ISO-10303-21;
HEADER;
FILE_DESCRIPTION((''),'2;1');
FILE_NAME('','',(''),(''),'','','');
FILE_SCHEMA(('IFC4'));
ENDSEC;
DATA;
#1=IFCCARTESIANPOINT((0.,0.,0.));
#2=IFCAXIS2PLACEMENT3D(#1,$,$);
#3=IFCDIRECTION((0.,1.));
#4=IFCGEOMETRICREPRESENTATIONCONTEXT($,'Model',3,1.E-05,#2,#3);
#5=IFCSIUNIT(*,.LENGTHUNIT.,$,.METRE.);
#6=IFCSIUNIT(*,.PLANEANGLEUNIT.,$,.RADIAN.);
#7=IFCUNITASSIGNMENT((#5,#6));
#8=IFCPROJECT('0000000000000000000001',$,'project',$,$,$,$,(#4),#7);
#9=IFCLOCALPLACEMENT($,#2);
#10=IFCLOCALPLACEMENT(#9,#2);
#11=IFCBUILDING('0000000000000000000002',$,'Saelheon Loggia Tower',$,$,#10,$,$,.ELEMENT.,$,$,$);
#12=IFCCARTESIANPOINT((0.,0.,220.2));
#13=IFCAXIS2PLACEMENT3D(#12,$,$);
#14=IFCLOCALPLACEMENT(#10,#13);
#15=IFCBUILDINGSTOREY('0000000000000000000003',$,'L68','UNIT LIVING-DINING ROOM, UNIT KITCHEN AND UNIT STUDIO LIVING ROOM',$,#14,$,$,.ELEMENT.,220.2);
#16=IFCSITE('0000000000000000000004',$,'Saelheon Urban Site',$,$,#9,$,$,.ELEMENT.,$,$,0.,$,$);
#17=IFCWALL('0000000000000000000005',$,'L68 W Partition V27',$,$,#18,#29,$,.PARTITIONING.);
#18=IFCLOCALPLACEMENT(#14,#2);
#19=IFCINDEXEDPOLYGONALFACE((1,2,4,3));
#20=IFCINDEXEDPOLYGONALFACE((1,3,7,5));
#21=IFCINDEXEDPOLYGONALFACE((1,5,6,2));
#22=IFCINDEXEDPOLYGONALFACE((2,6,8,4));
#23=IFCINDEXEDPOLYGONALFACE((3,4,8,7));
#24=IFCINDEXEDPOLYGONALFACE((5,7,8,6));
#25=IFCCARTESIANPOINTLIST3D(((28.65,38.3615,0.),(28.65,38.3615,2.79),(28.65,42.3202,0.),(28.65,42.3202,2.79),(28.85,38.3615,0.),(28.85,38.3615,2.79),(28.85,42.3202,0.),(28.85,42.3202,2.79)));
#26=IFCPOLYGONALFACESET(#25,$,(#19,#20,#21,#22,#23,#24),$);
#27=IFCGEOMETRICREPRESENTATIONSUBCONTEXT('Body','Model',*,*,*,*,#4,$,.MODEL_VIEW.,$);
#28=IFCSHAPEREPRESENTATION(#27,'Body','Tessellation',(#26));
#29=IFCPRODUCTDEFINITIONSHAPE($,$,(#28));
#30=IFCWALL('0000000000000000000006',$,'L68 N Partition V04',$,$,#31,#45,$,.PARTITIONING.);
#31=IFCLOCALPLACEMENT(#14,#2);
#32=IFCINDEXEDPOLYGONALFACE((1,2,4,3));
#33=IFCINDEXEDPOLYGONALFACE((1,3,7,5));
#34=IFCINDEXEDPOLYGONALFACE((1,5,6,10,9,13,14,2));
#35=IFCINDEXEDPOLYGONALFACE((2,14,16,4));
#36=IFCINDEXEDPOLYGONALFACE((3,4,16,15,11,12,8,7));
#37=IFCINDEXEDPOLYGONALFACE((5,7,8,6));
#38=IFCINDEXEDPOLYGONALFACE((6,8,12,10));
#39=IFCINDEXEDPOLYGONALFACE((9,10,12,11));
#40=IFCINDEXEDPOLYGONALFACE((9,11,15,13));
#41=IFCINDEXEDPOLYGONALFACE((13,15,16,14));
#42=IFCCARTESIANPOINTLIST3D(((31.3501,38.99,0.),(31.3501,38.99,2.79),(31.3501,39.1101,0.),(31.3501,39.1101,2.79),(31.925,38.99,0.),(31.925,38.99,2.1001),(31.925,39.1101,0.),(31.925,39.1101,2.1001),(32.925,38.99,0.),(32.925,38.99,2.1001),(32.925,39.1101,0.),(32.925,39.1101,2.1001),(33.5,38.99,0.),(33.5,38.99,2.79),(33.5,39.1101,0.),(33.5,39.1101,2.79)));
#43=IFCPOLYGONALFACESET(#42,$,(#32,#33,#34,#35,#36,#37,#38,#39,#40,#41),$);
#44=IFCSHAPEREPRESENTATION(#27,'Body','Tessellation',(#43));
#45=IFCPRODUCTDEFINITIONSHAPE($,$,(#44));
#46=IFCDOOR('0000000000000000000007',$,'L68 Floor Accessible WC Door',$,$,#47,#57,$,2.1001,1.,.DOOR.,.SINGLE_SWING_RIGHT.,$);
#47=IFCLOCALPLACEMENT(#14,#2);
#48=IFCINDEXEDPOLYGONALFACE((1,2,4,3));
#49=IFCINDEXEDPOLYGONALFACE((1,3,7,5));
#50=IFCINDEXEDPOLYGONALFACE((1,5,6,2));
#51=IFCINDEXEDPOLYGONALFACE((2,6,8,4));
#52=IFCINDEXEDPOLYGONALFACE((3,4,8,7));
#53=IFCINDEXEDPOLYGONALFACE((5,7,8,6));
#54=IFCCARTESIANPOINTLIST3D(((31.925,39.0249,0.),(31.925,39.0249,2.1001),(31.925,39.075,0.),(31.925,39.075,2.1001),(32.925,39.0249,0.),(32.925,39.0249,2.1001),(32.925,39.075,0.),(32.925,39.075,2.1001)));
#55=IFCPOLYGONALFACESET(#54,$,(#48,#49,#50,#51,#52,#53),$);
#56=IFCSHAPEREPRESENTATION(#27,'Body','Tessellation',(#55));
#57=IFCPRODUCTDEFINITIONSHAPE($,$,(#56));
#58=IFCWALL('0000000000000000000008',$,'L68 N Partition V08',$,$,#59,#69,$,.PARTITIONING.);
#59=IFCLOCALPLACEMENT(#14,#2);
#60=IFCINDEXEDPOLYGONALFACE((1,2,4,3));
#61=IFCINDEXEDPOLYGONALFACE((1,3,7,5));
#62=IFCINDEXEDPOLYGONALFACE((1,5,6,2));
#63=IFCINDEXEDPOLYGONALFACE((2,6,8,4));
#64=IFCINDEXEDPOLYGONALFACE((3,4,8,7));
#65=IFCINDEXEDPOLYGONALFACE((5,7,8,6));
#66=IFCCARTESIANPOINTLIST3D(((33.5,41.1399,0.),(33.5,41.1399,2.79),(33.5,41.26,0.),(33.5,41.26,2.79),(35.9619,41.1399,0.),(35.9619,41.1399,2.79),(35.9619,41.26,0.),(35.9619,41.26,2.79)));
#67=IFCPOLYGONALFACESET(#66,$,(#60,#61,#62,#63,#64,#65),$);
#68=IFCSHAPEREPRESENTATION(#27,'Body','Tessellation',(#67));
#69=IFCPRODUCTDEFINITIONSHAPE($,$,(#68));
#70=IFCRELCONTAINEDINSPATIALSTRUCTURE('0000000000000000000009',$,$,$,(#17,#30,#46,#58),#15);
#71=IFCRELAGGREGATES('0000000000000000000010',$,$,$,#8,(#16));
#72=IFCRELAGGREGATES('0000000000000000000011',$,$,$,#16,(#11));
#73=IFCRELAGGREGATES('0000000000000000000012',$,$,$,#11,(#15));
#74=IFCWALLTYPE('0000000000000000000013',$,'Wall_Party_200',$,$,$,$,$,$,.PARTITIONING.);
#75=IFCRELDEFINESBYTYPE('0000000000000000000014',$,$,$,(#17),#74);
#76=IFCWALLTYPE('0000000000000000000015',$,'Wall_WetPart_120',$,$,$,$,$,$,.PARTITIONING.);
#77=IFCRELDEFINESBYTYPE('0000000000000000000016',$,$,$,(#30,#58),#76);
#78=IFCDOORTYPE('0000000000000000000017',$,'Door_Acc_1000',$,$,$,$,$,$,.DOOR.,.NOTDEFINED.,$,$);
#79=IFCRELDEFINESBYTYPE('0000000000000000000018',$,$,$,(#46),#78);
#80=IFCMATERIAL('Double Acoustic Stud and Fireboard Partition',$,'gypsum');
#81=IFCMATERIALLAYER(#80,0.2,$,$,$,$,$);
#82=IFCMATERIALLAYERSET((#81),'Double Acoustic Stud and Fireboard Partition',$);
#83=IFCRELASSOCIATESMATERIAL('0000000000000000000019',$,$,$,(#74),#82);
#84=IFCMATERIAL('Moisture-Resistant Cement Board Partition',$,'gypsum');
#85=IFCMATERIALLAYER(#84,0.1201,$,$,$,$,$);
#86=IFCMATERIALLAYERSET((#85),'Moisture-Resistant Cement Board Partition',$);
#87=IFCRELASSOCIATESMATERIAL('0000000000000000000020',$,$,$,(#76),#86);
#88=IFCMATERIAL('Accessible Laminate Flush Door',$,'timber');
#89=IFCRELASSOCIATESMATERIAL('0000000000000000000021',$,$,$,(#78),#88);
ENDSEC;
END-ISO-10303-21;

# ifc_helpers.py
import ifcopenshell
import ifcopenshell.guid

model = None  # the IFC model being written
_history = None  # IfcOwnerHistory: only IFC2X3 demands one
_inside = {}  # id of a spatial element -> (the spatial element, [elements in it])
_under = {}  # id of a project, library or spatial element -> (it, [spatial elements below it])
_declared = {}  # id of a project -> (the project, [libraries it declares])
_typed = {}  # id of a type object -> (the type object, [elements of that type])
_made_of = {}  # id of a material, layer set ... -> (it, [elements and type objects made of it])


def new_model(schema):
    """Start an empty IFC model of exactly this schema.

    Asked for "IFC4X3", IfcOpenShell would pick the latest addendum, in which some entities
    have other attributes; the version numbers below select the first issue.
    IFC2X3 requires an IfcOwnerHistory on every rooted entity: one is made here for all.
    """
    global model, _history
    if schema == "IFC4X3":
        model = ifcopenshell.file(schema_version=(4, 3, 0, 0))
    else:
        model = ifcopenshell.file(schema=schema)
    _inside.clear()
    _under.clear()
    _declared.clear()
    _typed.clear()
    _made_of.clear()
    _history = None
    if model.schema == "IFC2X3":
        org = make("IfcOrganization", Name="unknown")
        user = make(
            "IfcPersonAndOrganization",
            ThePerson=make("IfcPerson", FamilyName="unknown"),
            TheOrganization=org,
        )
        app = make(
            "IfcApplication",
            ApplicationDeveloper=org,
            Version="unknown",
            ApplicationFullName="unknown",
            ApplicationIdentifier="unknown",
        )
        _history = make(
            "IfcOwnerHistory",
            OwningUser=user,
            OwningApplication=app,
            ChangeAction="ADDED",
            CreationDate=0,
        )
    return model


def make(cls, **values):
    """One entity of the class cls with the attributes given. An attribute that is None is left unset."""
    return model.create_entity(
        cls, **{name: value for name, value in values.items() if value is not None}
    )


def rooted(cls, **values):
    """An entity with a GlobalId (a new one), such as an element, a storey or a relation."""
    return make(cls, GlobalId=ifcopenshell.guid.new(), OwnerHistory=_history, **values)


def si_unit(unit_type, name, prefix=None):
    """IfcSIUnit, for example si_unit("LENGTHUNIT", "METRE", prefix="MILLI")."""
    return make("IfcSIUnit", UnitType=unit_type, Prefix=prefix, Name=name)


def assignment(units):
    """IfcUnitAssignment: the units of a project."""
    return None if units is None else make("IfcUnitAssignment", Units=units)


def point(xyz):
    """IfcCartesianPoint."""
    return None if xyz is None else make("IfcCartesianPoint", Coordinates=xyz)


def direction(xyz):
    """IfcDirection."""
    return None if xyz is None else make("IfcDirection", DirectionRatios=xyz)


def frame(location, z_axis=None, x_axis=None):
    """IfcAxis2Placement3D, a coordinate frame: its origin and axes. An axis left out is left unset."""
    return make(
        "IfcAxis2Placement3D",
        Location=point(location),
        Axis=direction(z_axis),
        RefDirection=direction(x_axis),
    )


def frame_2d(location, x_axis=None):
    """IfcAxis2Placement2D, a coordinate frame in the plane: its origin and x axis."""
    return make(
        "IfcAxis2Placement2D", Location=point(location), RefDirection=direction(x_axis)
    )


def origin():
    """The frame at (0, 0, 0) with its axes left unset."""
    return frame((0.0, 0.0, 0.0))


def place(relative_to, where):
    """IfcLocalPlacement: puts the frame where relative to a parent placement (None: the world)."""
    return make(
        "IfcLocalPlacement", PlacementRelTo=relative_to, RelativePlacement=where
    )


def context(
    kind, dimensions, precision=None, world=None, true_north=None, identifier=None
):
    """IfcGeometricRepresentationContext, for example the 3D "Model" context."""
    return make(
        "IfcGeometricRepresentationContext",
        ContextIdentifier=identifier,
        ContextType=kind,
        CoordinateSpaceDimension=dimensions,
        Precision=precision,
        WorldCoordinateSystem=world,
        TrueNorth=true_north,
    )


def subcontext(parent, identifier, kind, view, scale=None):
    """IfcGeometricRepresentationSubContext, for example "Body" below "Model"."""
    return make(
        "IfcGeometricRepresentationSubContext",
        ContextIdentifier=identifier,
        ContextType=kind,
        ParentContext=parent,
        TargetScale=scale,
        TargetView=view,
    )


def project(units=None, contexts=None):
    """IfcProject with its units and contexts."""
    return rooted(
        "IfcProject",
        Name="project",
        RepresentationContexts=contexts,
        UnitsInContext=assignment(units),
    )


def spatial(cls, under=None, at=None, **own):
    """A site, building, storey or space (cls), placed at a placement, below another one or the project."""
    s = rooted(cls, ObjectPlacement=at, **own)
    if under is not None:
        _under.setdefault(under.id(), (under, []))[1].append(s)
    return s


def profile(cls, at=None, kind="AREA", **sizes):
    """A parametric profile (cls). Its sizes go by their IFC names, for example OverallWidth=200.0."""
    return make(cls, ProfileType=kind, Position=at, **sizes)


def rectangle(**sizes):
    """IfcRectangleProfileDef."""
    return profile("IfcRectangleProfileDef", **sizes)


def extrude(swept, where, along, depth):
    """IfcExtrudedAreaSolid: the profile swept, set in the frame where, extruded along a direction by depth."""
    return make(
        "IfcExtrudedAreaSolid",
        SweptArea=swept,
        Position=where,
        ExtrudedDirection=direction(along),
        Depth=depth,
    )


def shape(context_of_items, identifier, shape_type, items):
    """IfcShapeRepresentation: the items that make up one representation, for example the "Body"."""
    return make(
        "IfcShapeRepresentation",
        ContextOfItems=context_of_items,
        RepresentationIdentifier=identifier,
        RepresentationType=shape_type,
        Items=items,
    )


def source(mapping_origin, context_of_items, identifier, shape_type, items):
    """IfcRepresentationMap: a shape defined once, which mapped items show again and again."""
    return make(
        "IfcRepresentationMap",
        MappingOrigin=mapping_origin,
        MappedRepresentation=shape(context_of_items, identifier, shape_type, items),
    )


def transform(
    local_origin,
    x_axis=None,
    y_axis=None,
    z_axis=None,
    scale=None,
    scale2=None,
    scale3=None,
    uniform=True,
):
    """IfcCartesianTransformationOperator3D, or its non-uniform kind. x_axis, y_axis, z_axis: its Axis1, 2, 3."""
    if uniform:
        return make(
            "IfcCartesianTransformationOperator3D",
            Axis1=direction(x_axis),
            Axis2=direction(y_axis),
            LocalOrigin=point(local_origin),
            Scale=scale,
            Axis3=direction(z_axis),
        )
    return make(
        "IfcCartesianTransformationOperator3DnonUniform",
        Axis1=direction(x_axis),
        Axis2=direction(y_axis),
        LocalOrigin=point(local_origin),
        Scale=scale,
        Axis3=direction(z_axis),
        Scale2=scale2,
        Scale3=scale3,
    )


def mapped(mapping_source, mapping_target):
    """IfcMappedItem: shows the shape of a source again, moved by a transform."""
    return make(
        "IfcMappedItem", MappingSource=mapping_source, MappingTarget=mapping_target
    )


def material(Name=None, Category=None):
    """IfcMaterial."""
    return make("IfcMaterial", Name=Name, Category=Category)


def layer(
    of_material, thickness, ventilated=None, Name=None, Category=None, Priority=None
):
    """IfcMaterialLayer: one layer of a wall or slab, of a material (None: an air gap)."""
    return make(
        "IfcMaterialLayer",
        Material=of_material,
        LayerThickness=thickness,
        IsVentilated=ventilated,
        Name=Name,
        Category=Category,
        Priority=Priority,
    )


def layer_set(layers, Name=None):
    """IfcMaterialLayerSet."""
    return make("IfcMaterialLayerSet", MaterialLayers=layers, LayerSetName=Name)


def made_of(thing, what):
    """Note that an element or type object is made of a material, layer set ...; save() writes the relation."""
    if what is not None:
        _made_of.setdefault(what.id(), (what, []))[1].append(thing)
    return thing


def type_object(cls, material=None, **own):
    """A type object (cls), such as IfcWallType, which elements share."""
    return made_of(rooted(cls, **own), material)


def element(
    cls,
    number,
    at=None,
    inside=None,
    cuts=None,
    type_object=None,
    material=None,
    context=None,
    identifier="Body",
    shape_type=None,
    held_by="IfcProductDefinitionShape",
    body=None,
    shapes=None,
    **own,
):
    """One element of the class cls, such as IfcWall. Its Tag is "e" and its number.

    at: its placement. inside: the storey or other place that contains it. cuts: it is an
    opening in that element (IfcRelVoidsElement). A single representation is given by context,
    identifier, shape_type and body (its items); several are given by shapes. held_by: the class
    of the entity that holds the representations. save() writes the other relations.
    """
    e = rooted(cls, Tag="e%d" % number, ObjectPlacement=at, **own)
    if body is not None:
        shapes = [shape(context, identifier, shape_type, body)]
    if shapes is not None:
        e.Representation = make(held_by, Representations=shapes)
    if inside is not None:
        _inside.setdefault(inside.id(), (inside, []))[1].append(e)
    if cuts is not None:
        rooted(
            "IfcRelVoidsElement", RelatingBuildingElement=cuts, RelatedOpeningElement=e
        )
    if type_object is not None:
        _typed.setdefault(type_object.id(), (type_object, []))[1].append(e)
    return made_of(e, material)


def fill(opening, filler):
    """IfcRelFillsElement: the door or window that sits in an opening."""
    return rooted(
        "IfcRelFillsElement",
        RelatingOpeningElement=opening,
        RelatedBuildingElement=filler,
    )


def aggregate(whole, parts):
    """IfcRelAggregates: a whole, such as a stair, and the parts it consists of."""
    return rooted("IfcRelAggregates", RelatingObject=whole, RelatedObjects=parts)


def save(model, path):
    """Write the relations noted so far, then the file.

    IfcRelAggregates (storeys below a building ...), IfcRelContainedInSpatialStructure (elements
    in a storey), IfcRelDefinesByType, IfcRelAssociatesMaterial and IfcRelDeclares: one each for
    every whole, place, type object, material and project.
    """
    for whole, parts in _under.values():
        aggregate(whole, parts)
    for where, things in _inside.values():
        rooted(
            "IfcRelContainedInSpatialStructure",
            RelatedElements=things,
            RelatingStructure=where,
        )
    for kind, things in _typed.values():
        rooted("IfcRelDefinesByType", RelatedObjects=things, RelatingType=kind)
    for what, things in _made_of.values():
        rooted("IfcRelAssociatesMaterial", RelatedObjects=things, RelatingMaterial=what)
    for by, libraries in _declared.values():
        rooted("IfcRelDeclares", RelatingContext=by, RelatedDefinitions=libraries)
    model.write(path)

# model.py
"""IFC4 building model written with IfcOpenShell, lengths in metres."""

from ifc_helpers import new_model, si_unit, direction, frame, frame_2d, origin, place, context, subcontext, project, spatial, rectangle, extrude, source, transform, mapped, material, layer, layer_set, type_object, element, fill, save


model = new_model("IFC4")

# Units and contexts
model_context = context("Model", 3, precision=1e-05, world=origin(), true_north=direction((0.0, 1.0)))
body_context = subcontext(model_context, "Body", "Model", "MODEL_VIEW")
ifc_project = project(units=[si_unit("LENGTHUNIT", "METRE"), si_unit("PLANEANGLEUNIT", "RADIAN")], contexts=[model_context])

# Site, building, storey
site_placement = place(None, origin())
site = spatial("IfcSite", under=ifc_project, at=site_placement, Name="Saelheon Urban Site", CompositionType="ELEMENT", RefElevation=0.0)
building_placement = place(site_placement, origin())
building = spatial("IfcBuilding", under=site, at=building_placement, Name="Saelheon Loggia Tower", CompositionType="ELEMENT")
storey_placement = place(building_placement, frame((0.0, 0.0, 220.2)))
storey = spatial("IfcBuildingStorey", under=building, at=storey_placement, Name="L68", Description="UNIT LIVING-DINING ROOM, UNIT KITCHEN AND UNIT STUDIO LIVING ROOM", CompositionType="ELEMENT", Elevation=220.2)

# Wall
ifc_material_1 = material(Name="Double Acoustic Stud and Fireboard Partition", Category="gypsum")
ifc_layer_1 = layer(ifc_material_1, 0.2)
ifc_layer_set_1 = layer_set([ifc_layer_1], Name="Double Acoustic Stud and Fireboard Partition")
wall_type_1 = type_object("IfcWallType", Name="Wall_Party_200", PredefinedType="PARTITIONING", material=ifc_layer_set_1)
wall_1_placement = place(storey_placement, frame((28.75, 38.3613, 0.0), z_axis=(0.0, 0.0, 1.0), x_axis=(0.0, 1.0, 0.0)))
element("IfcWall", 1, at=wall_1_placement, inside=storey, type_object=wall_type_1, Name="L68 W Partition V27", PredefinedType="PARTITIONING", context=body_context, shape_type="SweptSolid", body=[
    extrude(rectangle(XDim=3.9587, YDim=0.2, at=frame_2d((1.9795, 0.0))), origin(), (0.0, 0.0, 1.0), 2.79),
])

# Wall, opening, door
ifc_material_2 = material(Name="Moisture-Resistant Cement Board Partition", Category="gypsum")
ifc_layer_2 = layer(ifc_material_2, 0.1201)
ifc_layer_set_2 = layer_set([ifc_layer_2], Name="Moisture-Resistant Cement Board Partition")
wall_type_2 = type_object("IfcWallType", Name="Wall_WetPart_120", PredefinedType="PARTITIONING", material=ifc_layer_set_2)
wall_2_placement = place(storey_placement, frame((31.3501, 39.05, 0.0), z_axis=(0.0, 0.0, 1.0), x_axis=(1.0, 0.0, 0.0)))
wall_2 = element("IfcWall", 2, at=wall_2_placement, inside=storey, type_object=wall_type_2, Name="L68 N Partition V04", PredefinedType="PARTITIONING", context=body_context, shape_type="SweptSolid", body=[
    extrude(rectangle(XDim=2.1499, YDim=0.1201, at=frame_2d((1.075, 0.0))), origin(), (0.0, 0.0, 1.0), 2.79),
])
opening_1_placement = place(wall_2_placement, frame((0.575, 0.0, 0.0)))
opening_1 = element("IfcOpeningElement", 3, at=opening_1_placement, cuts=wall_2, PredefinedType="OPENING", context=body_context, shape_type="SweptSolid", body=[
    extrude(rectangle(XDim=1.0, YDim=2.1001, at=frame_2d((0.5, 1.05))), frame((0.0, 0.072, 0.0), z_axis=(0.0, -1.0, 0.0), x_axis=(1.0, 0.0, 0.0)), (0.0, 0.0, 1.0), 0.144),
])
ifc_material_3 = material(Name="Accessible Laminate Flush Door", Category="timber")
door_type_1 = type_object("IfcDoorType", Name="Door_Acc_1000", OperationType="NOTDEFINED", PredefinedType="DOOR", material=ifc_material_3)
shared_shape_1 = source(origin(), body_context, "Body", "SweptSolid", [
    extrude(rectangle(XDim=1.0, YDim=2.1001, at=frame_2d((0.5, 1.05))), frame((0.0, 0.0249, 0.0), z_axis=(0.0, -1.0, 0.0), x_axis=(1.0, 0.0, 0.0)), (0.0, 0.0, 1.0), 0.05),
])
door_1_placement = place(opening_1_placement, origin())
door_1 = element("IfcDoor", 4, at=door_1_placement, inside=storey, type_object=door_type_1, Name="L68 Floor Accessible WC Door", OperationType="SINGLE_SWING_RIGHT", OverallHeight=2.1001, OverallWidth=1.0, PredefinedType="DOOR", context=body_context, shape_type="MappedRepresentation", body=[
    mapped(shared_shape_1, transform((0.0, 0.0, 0.0), scale=1.0)),
])
fill(opening_1, door_1)

# Wall
wall_3_placement = place(storey_placement, frame((33.5, 41.2, 0.0), z_axis=(0.0, 0.0, 1.0), x_axis=(1.0, 0.0, 0.0)))
element("IfcWall", 5, at=wall_3_placement, inside=storey, type_object=wall_type_2, Name="L68 N Partition V08", PredefinedType="PARTITIONING", context=body_context, shape_type="SweptSolid", body=[
    extrude(rectangle(XDim=2.4619, YDim=0.1201, at=frame_2d((1.231, 0.0))), origin(), (0.0, 0.0, 1.0), 2.79),
])

save(model, "model.ifc")
